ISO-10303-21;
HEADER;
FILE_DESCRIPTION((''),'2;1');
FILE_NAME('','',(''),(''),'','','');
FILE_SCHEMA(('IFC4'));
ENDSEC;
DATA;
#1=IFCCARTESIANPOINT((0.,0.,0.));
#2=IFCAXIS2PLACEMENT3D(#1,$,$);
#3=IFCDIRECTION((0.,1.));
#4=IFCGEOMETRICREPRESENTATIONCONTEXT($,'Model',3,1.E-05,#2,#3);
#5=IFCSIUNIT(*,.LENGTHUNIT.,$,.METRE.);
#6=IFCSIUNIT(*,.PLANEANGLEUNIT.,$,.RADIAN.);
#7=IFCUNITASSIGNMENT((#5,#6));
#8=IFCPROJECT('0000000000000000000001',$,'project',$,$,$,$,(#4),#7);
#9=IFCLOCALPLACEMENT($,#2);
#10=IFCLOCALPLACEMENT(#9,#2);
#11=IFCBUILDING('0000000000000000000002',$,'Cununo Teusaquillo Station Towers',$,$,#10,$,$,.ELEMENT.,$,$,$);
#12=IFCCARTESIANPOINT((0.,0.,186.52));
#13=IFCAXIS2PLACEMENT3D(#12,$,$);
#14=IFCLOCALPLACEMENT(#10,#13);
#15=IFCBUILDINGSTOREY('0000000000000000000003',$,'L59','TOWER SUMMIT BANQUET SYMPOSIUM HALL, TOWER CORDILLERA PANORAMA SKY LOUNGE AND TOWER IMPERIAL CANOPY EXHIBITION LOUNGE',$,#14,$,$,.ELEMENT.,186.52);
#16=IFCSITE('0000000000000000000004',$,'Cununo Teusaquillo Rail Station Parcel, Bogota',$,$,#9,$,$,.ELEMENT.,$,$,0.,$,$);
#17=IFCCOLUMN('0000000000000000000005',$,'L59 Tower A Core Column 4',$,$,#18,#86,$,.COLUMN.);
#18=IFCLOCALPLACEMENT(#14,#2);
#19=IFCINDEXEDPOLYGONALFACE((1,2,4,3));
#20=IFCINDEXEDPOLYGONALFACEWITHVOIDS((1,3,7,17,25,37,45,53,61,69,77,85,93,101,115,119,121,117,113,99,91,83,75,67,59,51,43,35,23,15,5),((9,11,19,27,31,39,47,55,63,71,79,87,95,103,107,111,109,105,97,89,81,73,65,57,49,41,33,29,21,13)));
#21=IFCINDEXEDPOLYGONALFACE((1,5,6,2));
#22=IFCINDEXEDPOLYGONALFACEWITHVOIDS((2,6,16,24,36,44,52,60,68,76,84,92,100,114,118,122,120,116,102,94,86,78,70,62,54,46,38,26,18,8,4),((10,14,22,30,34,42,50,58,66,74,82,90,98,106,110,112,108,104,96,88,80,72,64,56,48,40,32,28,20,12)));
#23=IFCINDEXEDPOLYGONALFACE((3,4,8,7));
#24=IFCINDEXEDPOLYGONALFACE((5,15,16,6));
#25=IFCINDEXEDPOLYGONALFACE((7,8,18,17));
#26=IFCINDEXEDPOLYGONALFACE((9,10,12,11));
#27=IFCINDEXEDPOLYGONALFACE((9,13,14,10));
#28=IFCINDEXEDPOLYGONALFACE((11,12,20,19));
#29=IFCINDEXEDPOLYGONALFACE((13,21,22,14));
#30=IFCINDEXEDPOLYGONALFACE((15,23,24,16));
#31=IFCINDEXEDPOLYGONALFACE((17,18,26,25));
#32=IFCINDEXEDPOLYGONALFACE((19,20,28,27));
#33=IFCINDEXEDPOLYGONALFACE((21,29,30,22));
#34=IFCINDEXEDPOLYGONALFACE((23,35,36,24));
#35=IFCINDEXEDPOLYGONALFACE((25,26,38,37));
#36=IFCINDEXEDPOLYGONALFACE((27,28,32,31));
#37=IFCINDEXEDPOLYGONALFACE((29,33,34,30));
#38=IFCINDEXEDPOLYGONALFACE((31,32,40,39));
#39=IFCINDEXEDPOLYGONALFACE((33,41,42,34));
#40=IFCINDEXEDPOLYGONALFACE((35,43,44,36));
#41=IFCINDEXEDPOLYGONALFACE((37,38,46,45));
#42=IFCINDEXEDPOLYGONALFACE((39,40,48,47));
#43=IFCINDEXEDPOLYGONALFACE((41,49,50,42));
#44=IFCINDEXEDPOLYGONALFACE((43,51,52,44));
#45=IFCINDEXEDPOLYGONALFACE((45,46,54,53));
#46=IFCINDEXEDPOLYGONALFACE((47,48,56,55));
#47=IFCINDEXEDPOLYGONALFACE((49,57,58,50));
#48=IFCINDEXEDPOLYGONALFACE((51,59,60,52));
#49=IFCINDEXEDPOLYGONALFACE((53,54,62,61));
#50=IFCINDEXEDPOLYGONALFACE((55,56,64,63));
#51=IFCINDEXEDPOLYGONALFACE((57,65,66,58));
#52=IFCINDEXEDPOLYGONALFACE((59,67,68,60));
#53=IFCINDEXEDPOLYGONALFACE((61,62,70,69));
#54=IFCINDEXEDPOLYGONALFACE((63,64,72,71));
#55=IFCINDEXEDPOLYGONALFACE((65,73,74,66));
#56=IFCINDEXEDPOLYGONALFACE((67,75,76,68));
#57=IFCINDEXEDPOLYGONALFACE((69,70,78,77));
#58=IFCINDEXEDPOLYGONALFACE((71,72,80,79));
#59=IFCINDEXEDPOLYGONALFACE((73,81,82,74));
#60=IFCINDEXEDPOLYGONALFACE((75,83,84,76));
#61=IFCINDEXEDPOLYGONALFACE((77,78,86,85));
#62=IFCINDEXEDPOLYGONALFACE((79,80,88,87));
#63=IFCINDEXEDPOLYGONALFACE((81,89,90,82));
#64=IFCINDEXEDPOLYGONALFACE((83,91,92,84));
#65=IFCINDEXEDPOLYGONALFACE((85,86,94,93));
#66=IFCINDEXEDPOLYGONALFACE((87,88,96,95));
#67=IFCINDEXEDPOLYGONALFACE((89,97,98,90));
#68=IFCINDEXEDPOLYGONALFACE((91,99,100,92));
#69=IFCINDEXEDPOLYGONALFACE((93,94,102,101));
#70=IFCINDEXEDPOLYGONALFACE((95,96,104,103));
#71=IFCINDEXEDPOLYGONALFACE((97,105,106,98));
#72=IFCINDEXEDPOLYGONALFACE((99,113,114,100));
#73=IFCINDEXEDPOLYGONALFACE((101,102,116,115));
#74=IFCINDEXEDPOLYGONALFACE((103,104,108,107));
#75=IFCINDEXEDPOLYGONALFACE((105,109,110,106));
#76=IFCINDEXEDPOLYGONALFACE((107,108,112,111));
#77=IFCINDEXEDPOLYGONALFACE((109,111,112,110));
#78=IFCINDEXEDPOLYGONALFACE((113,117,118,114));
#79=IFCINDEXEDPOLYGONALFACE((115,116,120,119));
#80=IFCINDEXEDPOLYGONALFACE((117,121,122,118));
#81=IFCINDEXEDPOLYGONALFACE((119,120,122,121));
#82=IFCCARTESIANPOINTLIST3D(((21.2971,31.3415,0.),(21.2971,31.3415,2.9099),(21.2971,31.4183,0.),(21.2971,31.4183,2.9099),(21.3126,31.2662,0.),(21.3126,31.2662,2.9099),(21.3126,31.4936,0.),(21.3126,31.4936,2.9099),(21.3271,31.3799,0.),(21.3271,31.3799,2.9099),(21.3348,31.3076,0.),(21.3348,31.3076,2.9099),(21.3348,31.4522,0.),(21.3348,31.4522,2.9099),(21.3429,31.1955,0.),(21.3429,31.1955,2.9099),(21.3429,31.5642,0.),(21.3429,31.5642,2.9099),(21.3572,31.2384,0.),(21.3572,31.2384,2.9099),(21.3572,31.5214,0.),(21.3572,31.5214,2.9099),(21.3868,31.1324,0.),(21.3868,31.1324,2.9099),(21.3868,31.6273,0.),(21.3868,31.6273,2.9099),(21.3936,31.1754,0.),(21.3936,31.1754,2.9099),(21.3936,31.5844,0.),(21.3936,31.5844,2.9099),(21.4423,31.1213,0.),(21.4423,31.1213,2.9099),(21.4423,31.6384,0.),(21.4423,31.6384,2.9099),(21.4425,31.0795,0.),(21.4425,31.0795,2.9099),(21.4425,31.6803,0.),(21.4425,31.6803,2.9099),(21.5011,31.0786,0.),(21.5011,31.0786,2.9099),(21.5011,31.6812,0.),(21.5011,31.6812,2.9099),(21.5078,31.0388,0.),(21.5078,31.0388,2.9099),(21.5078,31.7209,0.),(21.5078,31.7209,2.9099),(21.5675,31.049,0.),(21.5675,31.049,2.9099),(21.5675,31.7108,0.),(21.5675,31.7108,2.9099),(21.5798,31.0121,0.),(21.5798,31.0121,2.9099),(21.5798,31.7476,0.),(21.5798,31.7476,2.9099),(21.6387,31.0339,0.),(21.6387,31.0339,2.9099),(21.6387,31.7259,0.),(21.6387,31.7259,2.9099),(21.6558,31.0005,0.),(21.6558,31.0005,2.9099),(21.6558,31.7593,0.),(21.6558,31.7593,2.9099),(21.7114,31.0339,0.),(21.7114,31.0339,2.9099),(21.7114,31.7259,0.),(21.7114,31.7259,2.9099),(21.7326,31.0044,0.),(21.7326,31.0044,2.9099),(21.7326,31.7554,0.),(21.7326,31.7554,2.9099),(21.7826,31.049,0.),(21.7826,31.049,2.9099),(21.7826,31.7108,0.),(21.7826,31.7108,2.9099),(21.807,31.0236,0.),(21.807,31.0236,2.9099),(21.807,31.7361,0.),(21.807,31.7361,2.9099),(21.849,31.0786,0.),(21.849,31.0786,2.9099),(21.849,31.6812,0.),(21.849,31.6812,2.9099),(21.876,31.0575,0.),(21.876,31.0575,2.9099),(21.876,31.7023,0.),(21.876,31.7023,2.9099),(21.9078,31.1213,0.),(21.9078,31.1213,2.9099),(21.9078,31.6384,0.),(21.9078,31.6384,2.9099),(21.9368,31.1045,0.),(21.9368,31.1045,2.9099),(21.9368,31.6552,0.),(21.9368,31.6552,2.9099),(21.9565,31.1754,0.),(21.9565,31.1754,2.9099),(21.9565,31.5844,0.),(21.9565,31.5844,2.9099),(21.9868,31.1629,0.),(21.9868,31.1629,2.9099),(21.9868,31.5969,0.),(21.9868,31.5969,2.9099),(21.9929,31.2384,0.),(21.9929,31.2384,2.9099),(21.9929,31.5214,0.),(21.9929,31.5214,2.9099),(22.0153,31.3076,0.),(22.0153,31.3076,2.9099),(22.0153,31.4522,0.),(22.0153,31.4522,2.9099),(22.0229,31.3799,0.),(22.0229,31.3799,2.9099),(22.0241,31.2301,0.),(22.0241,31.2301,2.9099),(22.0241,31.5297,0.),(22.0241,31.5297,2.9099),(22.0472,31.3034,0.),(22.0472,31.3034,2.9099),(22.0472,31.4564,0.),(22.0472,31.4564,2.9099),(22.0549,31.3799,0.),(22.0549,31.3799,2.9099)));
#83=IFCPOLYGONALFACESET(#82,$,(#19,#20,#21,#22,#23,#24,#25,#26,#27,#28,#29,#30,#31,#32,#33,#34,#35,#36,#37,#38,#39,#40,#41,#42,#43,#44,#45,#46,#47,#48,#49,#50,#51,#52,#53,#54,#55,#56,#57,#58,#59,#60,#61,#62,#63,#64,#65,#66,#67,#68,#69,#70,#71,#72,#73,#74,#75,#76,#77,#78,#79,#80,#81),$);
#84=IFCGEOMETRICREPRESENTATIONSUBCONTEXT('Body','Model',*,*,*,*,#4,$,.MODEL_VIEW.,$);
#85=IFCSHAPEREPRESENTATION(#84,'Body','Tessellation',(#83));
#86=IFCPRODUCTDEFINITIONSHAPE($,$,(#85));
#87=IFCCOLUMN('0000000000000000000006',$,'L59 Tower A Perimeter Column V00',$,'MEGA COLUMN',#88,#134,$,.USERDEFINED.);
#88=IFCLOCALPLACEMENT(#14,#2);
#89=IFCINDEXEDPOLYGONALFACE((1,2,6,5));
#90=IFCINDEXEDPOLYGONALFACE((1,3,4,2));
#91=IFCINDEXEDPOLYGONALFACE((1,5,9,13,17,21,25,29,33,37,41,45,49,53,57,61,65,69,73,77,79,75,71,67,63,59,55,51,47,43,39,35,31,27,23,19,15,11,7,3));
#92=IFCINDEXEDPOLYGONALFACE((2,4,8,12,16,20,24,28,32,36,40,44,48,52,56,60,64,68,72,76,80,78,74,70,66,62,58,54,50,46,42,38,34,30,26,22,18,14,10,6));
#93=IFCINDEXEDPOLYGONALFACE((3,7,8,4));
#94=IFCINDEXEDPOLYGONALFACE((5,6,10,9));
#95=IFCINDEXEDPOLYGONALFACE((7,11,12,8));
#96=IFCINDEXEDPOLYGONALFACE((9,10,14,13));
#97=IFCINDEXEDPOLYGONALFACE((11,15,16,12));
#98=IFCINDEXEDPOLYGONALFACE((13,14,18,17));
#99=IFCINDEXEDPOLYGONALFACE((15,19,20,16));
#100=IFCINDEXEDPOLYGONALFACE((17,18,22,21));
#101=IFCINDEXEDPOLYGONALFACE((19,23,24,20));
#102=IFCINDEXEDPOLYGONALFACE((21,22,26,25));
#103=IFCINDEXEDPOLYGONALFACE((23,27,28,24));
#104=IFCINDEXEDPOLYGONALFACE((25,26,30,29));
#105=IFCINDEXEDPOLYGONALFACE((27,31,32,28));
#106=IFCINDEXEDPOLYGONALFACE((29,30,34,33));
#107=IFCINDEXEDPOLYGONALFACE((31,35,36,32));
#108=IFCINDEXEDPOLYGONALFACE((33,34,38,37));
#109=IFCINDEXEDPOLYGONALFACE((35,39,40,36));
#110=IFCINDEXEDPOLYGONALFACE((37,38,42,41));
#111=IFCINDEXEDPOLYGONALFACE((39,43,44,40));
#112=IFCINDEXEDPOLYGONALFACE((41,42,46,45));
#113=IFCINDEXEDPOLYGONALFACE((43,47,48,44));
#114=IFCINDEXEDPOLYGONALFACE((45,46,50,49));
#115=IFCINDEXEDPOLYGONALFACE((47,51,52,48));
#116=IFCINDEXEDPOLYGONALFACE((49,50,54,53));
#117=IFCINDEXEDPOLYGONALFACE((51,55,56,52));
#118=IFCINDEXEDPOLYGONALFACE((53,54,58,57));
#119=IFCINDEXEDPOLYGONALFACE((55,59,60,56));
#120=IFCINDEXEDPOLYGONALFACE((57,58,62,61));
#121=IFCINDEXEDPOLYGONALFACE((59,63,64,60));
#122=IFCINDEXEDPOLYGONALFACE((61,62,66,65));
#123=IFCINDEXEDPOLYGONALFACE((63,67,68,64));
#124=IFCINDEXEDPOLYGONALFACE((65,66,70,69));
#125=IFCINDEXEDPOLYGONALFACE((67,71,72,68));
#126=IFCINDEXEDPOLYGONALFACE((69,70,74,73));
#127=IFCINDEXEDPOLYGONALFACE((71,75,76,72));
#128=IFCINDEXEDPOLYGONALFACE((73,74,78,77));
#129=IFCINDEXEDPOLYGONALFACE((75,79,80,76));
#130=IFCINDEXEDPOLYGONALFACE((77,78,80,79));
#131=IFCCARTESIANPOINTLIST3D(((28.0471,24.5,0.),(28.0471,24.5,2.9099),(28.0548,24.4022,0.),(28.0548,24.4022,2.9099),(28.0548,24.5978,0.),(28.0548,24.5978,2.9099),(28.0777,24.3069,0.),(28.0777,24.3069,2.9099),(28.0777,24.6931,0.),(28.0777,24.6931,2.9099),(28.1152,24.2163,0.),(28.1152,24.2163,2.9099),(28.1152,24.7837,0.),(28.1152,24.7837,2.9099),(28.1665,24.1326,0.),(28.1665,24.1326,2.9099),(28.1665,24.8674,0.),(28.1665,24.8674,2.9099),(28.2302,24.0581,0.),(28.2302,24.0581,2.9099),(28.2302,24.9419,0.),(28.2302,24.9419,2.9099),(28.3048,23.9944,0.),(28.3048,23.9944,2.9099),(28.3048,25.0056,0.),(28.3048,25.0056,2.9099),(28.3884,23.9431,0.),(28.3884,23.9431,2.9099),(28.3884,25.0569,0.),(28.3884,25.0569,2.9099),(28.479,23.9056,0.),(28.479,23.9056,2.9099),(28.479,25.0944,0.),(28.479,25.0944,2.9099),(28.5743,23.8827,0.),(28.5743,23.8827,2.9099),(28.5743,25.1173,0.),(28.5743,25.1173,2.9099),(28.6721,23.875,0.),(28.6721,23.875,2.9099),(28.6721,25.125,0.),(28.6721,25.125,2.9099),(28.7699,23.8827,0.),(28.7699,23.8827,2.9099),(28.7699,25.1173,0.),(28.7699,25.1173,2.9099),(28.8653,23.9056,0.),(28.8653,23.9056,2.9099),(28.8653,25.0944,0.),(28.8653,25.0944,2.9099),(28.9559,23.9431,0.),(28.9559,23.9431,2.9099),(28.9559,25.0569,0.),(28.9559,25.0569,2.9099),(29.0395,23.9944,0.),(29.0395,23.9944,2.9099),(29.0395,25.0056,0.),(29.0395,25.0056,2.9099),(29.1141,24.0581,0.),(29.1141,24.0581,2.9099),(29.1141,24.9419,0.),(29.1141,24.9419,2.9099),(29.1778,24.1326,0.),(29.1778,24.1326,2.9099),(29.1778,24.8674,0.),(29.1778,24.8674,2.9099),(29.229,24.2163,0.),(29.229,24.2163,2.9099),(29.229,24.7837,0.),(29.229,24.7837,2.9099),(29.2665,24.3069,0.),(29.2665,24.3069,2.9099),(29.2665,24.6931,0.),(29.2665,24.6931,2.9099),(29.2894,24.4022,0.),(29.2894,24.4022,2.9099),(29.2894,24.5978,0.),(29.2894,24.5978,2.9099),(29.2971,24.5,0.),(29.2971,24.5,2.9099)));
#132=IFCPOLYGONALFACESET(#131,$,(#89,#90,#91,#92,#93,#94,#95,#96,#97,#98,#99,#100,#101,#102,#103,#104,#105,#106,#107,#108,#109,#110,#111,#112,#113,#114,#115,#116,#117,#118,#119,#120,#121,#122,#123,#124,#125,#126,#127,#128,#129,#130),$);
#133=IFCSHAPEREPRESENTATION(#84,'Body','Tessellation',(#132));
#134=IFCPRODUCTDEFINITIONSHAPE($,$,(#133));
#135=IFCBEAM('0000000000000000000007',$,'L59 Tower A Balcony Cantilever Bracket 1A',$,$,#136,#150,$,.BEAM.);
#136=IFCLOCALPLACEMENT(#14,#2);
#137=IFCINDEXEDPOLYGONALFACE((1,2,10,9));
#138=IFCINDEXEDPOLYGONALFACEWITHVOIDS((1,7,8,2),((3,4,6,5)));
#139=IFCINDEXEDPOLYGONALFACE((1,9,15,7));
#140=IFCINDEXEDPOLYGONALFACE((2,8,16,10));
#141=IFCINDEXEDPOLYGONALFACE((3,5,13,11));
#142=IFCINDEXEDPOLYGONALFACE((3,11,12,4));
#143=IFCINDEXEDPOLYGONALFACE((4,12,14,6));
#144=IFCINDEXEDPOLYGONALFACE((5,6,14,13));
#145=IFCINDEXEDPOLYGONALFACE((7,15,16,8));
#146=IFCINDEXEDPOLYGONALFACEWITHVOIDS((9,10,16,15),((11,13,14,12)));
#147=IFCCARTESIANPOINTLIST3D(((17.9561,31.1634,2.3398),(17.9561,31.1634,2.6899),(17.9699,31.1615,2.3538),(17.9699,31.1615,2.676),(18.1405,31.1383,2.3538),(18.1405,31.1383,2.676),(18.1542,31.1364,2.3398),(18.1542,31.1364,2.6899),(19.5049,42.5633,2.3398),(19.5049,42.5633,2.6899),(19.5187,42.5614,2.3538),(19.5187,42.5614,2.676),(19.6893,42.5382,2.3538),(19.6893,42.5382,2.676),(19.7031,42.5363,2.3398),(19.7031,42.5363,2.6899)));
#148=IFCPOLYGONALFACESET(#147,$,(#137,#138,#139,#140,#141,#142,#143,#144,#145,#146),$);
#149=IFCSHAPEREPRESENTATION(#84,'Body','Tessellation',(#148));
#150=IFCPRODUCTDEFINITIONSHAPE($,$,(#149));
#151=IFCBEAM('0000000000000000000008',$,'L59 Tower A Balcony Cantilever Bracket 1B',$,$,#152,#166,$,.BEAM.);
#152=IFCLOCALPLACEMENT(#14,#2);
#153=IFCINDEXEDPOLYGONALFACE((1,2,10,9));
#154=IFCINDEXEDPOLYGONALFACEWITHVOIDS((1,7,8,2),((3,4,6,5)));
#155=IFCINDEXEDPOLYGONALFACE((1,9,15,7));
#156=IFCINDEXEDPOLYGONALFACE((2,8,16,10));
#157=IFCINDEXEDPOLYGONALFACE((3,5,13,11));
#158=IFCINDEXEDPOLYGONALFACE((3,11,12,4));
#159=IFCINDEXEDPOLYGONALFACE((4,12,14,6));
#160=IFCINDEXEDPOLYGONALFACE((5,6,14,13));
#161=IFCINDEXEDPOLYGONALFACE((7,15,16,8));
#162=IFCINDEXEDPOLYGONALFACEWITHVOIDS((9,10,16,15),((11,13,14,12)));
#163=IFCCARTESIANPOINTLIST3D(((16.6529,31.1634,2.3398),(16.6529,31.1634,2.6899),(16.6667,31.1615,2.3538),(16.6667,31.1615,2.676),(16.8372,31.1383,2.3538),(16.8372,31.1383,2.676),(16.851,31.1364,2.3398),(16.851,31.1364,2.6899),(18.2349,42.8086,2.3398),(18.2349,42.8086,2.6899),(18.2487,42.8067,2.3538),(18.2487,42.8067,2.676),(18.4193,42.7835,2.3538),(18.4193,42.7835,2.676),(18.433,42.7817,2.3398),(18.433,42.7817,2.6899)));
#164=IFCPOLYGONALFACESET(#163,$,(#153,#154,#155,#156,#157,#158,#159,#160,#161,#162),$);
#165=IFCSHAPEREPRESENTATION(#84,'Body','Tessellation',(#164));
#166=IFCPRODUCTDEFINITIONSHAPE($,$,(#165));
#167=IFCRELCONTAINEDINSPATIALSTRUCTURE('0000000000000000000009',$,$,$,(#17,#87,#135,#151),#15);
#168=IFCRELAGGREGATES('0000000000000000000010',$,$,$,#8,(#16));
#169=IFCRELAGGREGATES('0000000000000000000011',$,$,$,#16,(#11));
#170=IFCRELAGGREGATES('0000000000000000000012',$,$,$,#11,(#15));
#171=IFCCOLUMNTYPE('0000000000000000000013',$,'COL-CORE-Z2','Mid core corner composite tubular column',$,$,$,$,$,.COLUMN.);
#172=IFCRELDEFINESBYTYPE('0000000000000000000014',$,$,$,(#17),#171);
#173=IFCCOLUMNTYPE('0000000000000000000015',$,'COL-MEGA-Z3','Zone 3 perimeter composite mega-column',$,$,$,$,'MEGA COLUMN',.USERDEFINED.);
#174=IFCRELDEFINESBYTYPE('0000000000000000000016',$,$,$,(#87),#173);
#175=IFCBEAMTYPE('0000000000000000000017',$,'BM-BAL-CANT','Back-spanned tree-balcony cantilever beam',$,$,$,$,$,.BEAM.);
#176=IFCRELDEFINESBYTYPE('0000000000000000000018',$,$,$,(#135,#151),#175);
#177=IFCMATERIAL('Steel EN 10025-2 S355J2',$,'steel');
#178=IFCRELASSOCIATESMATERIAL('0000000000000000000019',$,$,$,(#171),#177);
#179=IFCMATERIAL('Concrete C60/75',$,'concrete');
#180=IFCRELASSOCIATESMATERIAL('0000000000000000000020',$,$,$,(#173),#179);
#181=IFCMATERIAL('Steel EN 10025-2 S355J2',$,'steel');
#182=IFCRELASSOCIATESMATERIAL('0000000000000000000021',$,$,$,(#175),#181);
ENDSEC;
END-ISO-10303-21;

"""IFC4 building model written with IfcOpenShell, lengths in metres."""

from ifc_helpers import new_model, si_unit, direction, frame, origin, origin_2d, place, context, subcontext, project, spatial, hollow_rectangle, circle, hollow_circle, extrude, material, material_profile, profile_set, type_object, element, save


model = new_model("IFC4")

# Units and contexts
model_context = context("Model", 3, precision=1e-05, world=origin(), true_north=direction((0.0, 1.0)))
body_context = subcontext(model_context, "Body", "Model", "MODEL_VIEW")
ifc_project = project(units=[si_unit("LENGTHUNIT", "METRE"), si_unit("PLANEANGLEUNIT", "RADIAN")], contexts=[model_context])

# Site, building, storey
site_placement = place(None, origin())
site = spatial("IfcSite", under=ifc_project, at=site_placement, Name="Cununo Teusaquillo Rail Station Parcel, Bogota", CompositionType="ELEMENT", RefElevation=0.0)
building_placement = place(site_placement, origin())
building = spatial("IfcBuilding", under=site, at=building_placement, Name="Cununo Teusaquillo Station Towers", CompositionType="ELEMENT")
storey_placement = place(building_placement, frame((0.0, 0.0, 186.52)))
storey = spatial("IfcBuildingStorey", under=building, at=storey_placement, Name="L59", Description="TOWER SUMMIT BANQUET SYMPOSIUM HALL, TOWER CORDILLERA PANORAMA SKY LOUNGE AND TOWER IMPERIAL CANOPY EXHIBITION LOUNGE", CompositionType="ELEMENT", Elevation=186.52)

# Columns
ifc_material_1 = material(Name="Steel EN 10025-2 S355J2", Category="steel")
ifc_material_profile_1 = material_profile(ifc_material_1, hollow_circle(Radius=0.3799, WallThickness=0.032, at=origin_2d()), Name="CHS 760x32")
ifc_profile_set_1 = profile_set([ifc_material_profile_1], Name="Steel EN 10025-2 S355J2")
column_type_1 = type_object("IfcColumnType", Name="COL-CORE-Z2", Description="Mid core corner composite tubular column", PredefinedType="COLUMN", material=ifc_profile_set_1)
column_1_placement = place(storey_placement, frame((21.675, 31.3799, 0.0), z_axis=(0.0, 0.0, 1.0), x_axis=(1.0, 0.0, 0.0)))
element("IfcColumn", 1, at=column_1_placement, inside=storey, type_object=column_type_1, Name="L59 Tower A Core Column 4", PredefinedType="COLUMN", context=body_context, shape_type="SweptSolid", body=[
    extrude(hollow_circle(Radius=0.3799, WallThickness=0.032, at=origin_2d()), origin(), (0.0, 0.0, 1.0), 2.9099),
])
ifc_material_2 = material(Name="Concrete C60/75", Category="concrete")
ifc_material_profile_2 = material_profile(ifc_material_2, circle(Radius=0.625, at=origin_2d()), Name="RC-CIRC-1250")
ifc_profile_set_2 = profile_set([ifc_material_profile_2], Name="Concrete C60/75")
column_type_2 = type_object("IfcColumnType", Name="COL-MEGA-Z3", Description="Zone 3 perimeter composite mega-column", ElementType="MEGA COLUMN", PredefinedType="USERDEFINED", material=ifc_profile_set_2)
column_2_placement = place(storey_placement, frame((28.6721, 24.5, 0.0), z_axis=(0.0, 0.0, 1.0), x_axis=(1.0, 0.0, 0.0)))
element("IfcColumn", 2, at=column_2_placement, inside=storey, type_object=column_type_2, Name="L59 Tower A Perimeter Column V00", ObjectType="MEGA COLUMN", PredefinedType="USERDEFINED", context=body_context, shape_type="SweptSolid", body=[
    extrude(circle(Radius=0.625, at=origin_2d()), origin(), (0.0, 0.0, 1.0), 2.9099),
])

# Beams
ifc_material_3 = material(Name="Steel EN 10025-2 S355J2", Category="steel")
ifc_material_profile_3 = material_profile(ifc_material_3, hollow_rectangle(XDim=0.2, YDim=0.3501, WallThickness=0.0139, at=origin_2d()), Name="RHS 350x200x14")
ifc_profile_set_3 = profile_set([ifc_material_profile_3], Name="Steel EN 10025-2 S355J2")
beam_type_1 = type_object("IfcBeamType", Name="BM-BAL-CANT", Description="Back-spanned tree-balcony cantilever beam", PredefinedType="BEAM", material=ifc_profile_set_3)
beam_1_placement = place(storey_placement, frame((18.0552, 31.1499, 2.5149), z_axis=(0.134626, 0.990896, 0.0), x_axis=(-0.990896, 0.134626, 0.0)))
element("IfcBeam", 3, at=beam_1_placement, inside=storey, type_object=beam_type_1, Name="L59 Tower A Balcony Cantilever Bracket 1A", PredefinedType="BEAM", context=body_context, shape_type="SweptSolid", body=[
    extrude(hollow_rectangle(XDim=0.2, YDim=0.3501, WallThickness=0.0139, at=origin_2d()), origin(), (0.0, 0.0, 1.0), 11.5046),
])
beam_2_placement = place(storey_placement, frame((16.752, 31.1499, 2.5149), z_axis=(0.134615, 0.990898, 0.0), x_axis=(-0.990898, 0.134615, 0.0)))
element("IfcBeam", 4, at=beam_2_placement, inside=storey, type_object=beam_type_1, Name="L59 Tower A Balcony Cantilever Bracket 1B", PredefinedType="BEAM", context=body_context, shape_type="SweptSolid", body=[
    extrude(hollow_rectangle(XDim=0.2, YDim=0.3501, WallThickness=0.0139, at=origin_2d()), origin(), (0.0, 0.0, 1.0), 11.7522),
])

save(model, "model.ifc")
